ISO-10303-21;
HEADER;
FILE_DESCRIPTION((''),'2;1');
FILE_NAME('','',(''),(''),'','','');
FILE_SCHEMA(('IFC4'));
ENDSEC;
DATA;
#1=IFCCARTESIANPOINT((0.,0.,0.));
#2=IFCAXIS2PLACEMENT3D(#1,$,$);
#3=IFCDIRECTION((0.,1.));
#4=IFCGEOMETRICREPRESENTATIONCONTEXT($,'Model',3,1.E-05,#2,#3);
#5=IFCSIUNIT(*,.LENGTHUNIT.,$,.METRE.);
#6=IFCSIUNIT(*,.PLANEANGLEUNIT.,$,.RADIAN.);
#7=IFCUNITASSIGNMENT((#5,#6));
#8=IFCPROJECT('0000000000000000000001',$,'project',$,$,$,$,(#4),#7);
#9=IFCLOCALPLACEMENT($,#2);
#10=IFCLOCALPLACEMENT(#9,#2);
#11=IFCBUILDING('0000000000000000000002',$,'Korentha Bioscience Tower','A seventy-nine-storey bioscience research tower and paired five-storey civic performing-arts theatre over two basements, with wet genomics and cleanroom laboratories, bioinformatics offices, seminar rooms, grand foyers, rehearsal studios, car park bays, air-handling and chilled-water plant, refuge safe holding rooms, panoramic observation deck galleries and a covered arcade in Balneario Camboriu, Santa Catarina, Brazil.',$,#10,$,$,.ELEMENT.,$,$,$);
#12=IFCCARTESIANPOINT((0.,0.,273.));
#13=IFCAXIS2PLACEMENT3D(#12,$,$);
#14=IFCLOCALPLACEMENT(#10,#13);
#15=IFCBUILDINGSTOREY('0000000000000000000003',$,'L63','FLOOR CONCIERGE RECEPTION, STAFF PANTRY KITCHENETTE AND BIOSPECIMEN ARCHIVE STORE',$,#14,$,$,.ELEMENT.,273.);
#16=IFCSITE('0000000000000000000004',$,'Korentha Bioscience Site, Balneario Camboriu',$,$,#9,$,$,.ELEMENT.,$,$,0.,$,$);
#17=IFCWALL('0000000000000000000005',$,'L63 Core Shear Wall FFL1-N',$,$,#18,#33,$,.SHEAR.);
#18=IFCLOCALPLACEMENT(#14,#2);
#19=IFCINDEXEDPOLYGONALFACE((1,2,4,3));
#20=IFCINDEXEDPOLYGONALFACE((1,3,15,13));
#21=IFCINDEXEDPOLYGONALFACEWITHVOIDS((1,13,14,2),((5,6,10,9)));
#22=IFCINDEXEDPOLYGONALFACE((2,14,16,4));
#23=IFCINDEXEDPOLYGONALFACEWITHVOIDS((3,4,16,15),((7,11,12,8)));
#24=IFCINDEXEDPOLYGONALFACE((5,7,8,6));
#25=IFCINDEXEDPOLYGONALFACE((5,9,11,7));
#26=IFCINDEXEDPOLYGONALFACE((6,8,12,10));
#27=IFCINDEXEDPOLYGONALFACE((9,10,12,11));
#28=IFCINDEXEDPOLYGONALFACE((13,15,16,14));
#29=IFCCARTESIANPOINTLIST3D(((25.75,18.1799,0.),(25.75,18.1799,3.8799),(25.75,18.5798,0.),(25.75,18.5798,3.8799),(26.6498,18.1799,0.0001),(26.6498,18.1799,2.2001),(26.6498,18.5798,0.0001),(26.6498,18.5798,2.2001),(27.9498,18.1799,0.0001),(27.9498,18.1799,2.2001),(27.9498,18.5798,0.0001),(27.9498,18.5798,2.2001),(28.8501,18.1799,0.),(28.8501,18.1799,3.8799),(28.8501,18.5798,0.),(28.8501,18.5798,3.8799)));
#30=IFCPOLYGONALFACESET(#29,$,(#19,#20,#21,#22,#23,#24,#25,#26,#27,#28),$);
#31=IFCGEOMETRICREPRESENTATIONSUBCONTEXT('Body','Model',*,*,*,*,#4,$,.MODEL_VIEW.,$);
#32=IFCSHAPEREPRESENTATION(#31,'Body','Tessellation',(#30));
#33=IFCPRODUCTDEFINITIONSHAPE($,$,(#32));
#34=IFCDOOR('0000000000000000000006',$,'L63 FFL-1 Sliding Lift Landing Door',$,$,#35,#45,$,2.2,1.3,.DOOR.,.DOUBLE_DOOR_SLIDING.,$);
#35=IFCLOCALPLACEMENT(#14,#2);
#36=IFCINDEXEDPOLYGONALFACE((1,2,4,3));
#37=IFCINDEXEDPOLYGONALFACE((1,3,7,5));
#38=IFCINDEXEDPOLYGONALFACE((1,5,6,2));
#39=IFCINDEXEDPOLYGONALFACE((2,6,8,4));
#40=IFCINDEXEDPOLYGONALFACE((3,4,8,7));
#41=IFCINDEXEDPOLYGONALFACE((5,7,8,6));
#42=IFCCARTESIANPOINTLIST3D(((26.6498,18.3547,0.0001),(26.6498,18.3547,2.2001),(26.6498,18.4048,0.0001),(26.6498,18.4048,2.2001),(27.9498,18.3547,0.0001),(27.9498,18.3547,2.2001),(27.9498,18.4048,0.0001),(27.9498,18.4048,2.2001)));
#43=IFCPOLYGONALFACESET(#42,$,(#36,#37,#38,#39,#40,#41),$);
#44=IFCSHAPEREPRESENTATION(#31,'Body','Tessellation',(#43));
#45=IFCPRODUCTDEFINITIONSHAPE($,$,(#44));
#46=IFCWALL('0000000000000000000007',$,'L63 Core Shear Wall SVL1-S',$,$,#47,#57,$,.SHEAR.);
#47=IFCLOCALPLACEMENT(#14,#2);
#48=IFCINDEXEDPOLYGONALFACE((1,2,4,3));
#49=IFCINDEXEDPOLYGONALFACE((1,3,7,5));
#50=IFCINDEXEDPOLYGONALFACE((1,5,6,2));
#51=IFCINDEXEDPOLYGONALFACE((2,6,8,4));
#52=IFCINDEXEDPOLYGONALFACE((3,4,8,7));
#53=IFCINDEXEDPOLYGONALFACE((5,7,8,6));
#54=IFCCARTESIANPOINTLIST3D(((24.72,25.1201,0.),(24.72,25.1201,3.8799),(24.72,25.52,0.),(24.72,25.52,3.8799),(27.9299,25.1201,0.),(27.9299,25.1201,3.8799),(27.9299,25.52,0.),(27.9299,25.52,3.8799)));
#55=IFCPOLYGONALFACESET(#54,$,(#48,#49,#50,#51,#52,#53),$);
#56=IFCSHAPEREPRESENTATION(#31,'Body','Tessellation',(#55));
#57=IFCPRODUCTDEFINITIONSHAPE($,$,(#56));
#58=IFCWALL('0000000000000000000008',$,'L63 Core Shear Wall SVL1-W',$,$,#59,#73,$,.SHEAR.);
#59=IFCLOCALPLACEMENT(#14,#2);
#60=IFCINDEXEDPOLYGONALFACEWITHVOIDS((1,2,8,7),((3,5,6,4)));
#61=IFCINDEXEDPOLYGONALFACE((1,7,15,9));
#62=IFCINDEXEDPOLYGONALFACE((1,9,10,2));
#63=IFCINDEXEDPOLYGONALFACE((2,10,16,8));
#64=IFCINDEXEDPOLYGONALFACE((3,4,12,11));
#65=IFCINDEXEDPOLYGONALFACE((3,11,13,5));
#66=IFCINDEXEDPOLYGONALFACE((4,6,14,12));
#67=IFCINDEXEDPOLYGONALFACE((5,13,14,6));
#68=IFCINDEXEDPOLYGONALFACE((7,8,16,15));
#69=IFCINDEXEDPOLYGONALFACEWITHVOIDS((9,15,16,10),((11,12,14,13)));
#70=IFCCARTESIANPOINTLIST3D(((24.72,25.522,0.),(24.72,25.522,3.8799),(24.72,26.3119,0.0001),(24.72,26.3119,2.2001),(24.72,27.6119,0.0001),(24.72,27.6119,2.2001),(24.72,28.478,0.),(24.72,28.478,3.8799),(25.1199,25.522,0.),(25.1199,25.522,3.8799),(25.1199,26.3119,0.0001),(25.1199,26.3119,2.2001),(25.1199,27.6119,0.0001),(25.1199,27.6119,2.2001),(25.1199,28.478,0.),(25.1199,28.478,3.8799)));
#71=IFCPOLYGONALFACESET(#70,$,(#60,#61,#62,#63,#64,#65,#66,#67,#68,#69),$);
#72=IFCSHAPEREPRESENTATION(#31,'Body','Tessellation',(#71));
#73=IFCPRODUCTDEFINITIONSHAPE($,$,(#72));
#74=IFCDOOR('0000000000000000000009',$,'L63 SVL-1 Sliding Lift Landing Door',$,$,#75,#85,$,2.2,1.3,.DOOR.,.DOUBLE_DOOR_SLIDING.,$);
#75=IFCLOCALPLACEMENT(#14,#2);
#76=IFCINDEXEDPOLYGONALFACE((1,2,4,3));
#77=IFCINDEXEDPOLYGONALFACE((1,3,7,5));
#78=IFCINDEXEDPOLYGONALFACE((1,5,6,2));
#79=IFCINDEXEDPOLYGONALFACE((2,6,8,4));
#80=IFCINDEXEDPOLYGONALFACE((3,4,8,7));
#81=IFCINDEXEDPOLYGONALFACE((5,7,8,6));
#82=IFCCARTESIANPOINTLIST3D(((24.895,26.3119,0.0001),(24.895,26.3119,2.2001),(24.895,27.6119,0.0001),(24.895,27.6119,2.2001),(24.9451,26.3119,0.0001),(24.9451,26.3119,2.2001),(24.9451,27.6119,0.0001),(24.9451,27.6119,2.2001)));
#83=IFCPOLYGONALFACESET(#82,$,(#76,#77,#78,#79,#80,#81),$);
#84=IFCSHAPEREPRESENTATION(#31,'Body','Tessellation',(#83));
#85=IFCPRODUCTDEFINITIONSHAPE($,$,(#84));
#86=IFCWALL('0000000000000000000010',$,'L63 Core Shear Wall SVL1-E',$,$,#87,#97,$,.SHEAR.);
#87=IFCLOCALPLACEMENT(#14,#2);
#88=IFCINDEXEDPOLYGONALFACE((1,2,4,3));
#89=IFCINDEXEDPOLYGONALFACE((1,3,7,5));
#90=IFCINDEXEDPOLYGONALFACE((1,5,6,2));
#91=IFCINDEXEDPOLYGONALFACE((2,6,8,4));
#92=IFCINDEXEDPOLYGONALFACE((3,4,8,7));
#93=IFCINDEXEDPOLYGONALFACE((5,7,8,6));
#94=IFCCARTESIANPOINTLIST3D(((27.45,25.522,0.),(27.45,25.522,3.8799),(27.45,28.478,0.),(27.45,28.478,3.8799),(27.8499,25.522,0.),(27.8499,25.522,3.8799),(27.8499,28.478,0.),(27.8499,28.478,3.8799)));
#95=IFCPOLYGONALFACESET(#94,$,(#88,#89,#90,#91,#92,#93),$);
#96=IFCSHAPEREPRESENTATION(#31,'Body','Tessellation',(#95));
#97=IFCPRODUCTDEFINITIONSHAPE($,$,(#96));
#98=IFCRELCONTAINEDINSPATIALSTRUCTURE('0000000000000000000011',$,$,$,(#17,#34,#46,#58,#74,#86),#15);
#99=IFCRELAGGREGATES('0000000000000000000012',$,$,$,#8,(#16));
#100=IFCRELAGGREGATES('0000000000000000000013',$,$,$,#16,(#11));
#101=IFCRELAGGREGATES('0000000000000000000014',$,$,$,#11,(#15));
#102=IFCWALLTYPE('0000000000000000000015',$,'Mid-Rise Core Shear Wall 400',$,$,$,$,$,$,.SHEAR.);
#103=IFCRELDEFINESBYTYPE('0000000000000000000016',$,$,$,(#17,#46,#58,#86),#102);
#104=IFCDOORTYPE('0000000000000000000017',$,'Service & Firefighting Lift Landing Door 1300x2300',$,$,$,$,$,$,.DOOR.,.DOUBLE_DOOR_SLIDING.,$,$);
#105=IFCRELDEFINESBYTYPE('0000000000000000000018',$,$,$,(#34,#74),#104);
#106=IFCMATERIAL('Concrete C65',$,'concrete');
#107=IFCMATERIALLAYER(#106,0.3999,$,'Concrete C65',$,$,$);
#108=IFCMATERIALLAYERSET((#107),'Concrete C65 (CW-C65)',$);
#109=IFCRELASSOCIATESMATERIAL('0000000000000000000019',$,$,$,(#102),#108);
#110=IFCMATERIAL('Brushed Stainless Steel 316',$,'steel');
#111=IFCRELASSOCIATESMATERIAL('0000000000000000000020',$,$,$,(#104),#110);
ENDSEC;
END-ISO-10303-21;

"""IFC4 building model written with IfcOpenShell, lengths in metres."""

from ifc_helpers import new_model, si_unit, direction, frame, frame_2d, origin, place, context, subcontext, project, spatial, rectangle, extrude, material, layer, layer_set, type_object, element, fill, save


model = new_model("IFC4")

# Units and contexts
model_context = context("Model", 3, precision=1e-05, world=origin(), true_north=direction((0.0, 1.0)))
body_context = subcontext(model_context, "Body", "Model", "MODEL_VIEW")
ifc_project = project(units=[si_unit("LENGTHUNIT", "METRE"), si_unit("PLANEANGLEUNIT", "RADIAN")], contexts=[model_context])

# Site, building, storey
site_placement = place(None, origin())
site = spatial("IfcSite", under=ifc_project, at=site_placement, Name="Korentha Bioscience Site, Balneario Camboriu", CompositionType="ELEMENT", RefElevation=0.0)
building_placement = place(site_placement, origin())
building = spatial("IfcBuilding", under=site, at=building_placement, Name="Korentha Bioscience Tower", Description="A seventy-nine-storey bioscience research tower and paired five-storey civic performing-arts theatre over two basements, with wet genomics and cleanroom laboratories, bioinformatics offices, seminar rooms, grand foyers, rehearsal studios, car park bays, air-handling and chilled-water plant, refuge safe holding rooms, panoramic observation deck galleries and a covered arcade in Balneario Camboriu, Santa Catarina, Brazil.", CompositionType="ELEMENT")
storey_placement = place(building_placement, frame((0.0, 0.0, 273.0)))
storey = spatial("IfcBuildingStorey", under=building, at=storey_placement, Name="L63", Description="FLOOR CONCIERGE RECEPTION, STAFF PANTRY KITCHENETTE AND BIOSPECIMEN ARCHIVE STORE", CompositionType="ELEMENT", Elevation=273.0)

# Shared definitions
ifc_material_1 = material(Name="Concrete C65", Category="concrete")

# Shared definitions
ifc_layer_1 = layer(ifc_material_1, 0.3999, Name="Concrete C65")
ifc_layer_set_1 = layer_set([ifc_layer_1], Name="Concrete C65 (CW-C65)")
wall_type_1 = type_object("IfcWallType", Name="Mid-Rise Core Shear Wall 400", PredefinedType="SHEAR", material=ifc_layer_set_1)

# Wall, opening, door
wall_1_placement = place(storey_placement, frame((25.75, 18.3799, 0.0), z_axis=(0.0, 0.0, 1.0), x_axis=(1.0, 0.0, 0.0)))
wall_1 = element("IfcWall", 1, at=wall_1_placement, inside=storey, type_object=wall_type_1, Name="L63 Core Shear Wall FFL1-N", PredefinedType="SHEAR", context=body_context, shape_type="SweptSolid", body=[
    extrude(rectangle(XDim=3.1001, YDim=0.3999, at=frame_2d((1.55, 0.0))), origin(), (0.0, 0.0, 1.0), 3.8799),
])
opening_1_placement = place(wall_1_placement, frame((0.8999, 0.0, 0.0)))
opening_1 = element("IfcOpeningElement", 2, at=opening_1_placement, cuts=wall_1, PredefinedType="OPENING", context=body_context, shape_type="SweptSolid", body=[
    extrude(rectangle(XDim=1.3, YDim=2.2, at=frame_2d((0.6499, 1.1001))), frame((0.0, 0.2148, 0.0), z_axis=(0.0, -1.0, 0.0), x_axis=(1.0, 0.0, 0.0)), (0.0, 0.0, 1.0), 0.4297),
])
ifc_material_2 = material(Name="Brushed Stainless Steel 316", Category="steel")
door_type_1 = type_object("IfcDoorType", Name="Service & Firefighting Lift Landing Door 1300x2300", OperationType="DOUBLE_DOOR_SLIDING", PredefinedType="DOOR", material=ifc_material_2)
door_1_placement = place(opening_1_placement, origin())
door_1 = element("IfcDoor", 3, at=door_1_placement, inside=storey, type_object=door_type_1, Name="L63 FFL-1 Sliding Lift Landing Door", OperationType="DOUBLE_DOOR_SLIDING", OverallHeight=2.2, OverallWidth=1.3, PredefinedType="DOOR", context=body_context, shape_type="SweptSolid", body=[
    extrude(rectangle(XDim=1.3, YDim=2.2, at=frame_2d((0.6499, 1.1001))), frame((0.0, 0.0249, 0.0), z_axis=(0.0, -1.0, 0.0), x_axis=(1.0, 0.0, 0.0)), (0.0, 0.0, 1.0), 0.05),
])
fill(opening_1, door_1)

# Wall
wall_2_placement = place(storey_placement, frame((24.72, 25.3201, 0.0), z_axis=(0.0, 0.0, 1.0), x_axis=(1.0, 0.0, 0.0)))
element("IfcWall", 4, at=wall_2_placement, inside=storey, type_object=wall_type_1, Name="L63 Core Shear Wall SVL1-S", PredefinedType="SHEAR", context=body_context, shape_type="SweptSolid", body=[
    extrude(rectangle(XDim=3.21, YDim=0.3999, at=frame_2d((1.605, 0.0))), origin(), (0.0, 0.0, 1.0), 3.8799),
])

# Wall, opening, door
wall_3_placement = place(storey_placement, frame((24.9199, 25.522, 0.0), z_axis=(0.0, 0.0, 1.0), x_axis=(0.0, 1.0, 0.0)))
wall_3 = element("IfcWall", 5, at=wall_3_placement, inside=storey, type_object=wall_type_1, Name="L63 Core Shear Wall SVL1-W", PredefinedType="SHEAR", context=body_context, shape_type="SweptSolid", body=[
    extrude(rectangle(XDim=2.9561, YDim=0.3999, at=frame_2d((1.478, 0.0))), origin(), (0.0, 0.0, 1.0), 3.8799),
])
opening_2_placement = place(wall_3_placement, frame((0.79, 0.0, 0.0)))
opening_2 = element("IfcOpeningElement", 6, at=opening_2_placement, cuts=wall_3, PredefinedType="OPENING", context=body_context, shape_type="SweptSolid", body=[
    extrude(rectangle(XDim=1.3, YDim=2.2, at=frame_2d((0.6499, 1.1001))), frame((0.0, 0.2148, 0.0), z_axis=(0.0, -1.0, 0.0), x_axis=(1.0, 0.0, 0.0)), (0.0, 0.0, 1.0), 0.4297),
])
door_2_placement = place(opening_2_placement, origin())
door_2 = element("IfcDoor", 7, at=door_2_placement, inside=storey, type_object=door_type_1, Name="L63 SVL-1 Sliding Lift Landing Door", OperationType="DOUBLE_DOOR_SLIDING", OverallHeight=2.2, OverallWidth=1.3, PredefinedType="DOOR", context=body_context, shape_type="SweptSolid", body=[
    extrude(rectangle(XDim=1.3, YDim=2.2, at=frame_2d((0.6499, 1.1001))), frame((0.0, 0.0249, 0.0), z_axis=(0.0, -1.0, 0.0), x_axis=(1.0, 0.0, 0.0)), (0.0, 0.0, 1.0), 0.05),
])
fill(opening_2, door_2)

# Wall
wall_4_placement = place(storey_placement, frame((27.6499, 25.522, 0.0), z_axis=(0.0, 0.0, 1.0), x_axis=(0.0, 1.0, 0.0)))
element("IfcWall", 8, at=wall_4_placement, inside=storey, type_object=wall_type_1, Name="L63 Core Shear Wall SVL1-E", PredefinedType="SHEAR", context=body_context, shape_type="SweptSolid", body=[
    extrude(rectangle(XDim=2.9561, YDim=0.3999, at=frame_2d((1.478, 0.0))), origin(), (0.0, 0.0, 1.0), 3.8799),
])

save(model, "model.ifc")
